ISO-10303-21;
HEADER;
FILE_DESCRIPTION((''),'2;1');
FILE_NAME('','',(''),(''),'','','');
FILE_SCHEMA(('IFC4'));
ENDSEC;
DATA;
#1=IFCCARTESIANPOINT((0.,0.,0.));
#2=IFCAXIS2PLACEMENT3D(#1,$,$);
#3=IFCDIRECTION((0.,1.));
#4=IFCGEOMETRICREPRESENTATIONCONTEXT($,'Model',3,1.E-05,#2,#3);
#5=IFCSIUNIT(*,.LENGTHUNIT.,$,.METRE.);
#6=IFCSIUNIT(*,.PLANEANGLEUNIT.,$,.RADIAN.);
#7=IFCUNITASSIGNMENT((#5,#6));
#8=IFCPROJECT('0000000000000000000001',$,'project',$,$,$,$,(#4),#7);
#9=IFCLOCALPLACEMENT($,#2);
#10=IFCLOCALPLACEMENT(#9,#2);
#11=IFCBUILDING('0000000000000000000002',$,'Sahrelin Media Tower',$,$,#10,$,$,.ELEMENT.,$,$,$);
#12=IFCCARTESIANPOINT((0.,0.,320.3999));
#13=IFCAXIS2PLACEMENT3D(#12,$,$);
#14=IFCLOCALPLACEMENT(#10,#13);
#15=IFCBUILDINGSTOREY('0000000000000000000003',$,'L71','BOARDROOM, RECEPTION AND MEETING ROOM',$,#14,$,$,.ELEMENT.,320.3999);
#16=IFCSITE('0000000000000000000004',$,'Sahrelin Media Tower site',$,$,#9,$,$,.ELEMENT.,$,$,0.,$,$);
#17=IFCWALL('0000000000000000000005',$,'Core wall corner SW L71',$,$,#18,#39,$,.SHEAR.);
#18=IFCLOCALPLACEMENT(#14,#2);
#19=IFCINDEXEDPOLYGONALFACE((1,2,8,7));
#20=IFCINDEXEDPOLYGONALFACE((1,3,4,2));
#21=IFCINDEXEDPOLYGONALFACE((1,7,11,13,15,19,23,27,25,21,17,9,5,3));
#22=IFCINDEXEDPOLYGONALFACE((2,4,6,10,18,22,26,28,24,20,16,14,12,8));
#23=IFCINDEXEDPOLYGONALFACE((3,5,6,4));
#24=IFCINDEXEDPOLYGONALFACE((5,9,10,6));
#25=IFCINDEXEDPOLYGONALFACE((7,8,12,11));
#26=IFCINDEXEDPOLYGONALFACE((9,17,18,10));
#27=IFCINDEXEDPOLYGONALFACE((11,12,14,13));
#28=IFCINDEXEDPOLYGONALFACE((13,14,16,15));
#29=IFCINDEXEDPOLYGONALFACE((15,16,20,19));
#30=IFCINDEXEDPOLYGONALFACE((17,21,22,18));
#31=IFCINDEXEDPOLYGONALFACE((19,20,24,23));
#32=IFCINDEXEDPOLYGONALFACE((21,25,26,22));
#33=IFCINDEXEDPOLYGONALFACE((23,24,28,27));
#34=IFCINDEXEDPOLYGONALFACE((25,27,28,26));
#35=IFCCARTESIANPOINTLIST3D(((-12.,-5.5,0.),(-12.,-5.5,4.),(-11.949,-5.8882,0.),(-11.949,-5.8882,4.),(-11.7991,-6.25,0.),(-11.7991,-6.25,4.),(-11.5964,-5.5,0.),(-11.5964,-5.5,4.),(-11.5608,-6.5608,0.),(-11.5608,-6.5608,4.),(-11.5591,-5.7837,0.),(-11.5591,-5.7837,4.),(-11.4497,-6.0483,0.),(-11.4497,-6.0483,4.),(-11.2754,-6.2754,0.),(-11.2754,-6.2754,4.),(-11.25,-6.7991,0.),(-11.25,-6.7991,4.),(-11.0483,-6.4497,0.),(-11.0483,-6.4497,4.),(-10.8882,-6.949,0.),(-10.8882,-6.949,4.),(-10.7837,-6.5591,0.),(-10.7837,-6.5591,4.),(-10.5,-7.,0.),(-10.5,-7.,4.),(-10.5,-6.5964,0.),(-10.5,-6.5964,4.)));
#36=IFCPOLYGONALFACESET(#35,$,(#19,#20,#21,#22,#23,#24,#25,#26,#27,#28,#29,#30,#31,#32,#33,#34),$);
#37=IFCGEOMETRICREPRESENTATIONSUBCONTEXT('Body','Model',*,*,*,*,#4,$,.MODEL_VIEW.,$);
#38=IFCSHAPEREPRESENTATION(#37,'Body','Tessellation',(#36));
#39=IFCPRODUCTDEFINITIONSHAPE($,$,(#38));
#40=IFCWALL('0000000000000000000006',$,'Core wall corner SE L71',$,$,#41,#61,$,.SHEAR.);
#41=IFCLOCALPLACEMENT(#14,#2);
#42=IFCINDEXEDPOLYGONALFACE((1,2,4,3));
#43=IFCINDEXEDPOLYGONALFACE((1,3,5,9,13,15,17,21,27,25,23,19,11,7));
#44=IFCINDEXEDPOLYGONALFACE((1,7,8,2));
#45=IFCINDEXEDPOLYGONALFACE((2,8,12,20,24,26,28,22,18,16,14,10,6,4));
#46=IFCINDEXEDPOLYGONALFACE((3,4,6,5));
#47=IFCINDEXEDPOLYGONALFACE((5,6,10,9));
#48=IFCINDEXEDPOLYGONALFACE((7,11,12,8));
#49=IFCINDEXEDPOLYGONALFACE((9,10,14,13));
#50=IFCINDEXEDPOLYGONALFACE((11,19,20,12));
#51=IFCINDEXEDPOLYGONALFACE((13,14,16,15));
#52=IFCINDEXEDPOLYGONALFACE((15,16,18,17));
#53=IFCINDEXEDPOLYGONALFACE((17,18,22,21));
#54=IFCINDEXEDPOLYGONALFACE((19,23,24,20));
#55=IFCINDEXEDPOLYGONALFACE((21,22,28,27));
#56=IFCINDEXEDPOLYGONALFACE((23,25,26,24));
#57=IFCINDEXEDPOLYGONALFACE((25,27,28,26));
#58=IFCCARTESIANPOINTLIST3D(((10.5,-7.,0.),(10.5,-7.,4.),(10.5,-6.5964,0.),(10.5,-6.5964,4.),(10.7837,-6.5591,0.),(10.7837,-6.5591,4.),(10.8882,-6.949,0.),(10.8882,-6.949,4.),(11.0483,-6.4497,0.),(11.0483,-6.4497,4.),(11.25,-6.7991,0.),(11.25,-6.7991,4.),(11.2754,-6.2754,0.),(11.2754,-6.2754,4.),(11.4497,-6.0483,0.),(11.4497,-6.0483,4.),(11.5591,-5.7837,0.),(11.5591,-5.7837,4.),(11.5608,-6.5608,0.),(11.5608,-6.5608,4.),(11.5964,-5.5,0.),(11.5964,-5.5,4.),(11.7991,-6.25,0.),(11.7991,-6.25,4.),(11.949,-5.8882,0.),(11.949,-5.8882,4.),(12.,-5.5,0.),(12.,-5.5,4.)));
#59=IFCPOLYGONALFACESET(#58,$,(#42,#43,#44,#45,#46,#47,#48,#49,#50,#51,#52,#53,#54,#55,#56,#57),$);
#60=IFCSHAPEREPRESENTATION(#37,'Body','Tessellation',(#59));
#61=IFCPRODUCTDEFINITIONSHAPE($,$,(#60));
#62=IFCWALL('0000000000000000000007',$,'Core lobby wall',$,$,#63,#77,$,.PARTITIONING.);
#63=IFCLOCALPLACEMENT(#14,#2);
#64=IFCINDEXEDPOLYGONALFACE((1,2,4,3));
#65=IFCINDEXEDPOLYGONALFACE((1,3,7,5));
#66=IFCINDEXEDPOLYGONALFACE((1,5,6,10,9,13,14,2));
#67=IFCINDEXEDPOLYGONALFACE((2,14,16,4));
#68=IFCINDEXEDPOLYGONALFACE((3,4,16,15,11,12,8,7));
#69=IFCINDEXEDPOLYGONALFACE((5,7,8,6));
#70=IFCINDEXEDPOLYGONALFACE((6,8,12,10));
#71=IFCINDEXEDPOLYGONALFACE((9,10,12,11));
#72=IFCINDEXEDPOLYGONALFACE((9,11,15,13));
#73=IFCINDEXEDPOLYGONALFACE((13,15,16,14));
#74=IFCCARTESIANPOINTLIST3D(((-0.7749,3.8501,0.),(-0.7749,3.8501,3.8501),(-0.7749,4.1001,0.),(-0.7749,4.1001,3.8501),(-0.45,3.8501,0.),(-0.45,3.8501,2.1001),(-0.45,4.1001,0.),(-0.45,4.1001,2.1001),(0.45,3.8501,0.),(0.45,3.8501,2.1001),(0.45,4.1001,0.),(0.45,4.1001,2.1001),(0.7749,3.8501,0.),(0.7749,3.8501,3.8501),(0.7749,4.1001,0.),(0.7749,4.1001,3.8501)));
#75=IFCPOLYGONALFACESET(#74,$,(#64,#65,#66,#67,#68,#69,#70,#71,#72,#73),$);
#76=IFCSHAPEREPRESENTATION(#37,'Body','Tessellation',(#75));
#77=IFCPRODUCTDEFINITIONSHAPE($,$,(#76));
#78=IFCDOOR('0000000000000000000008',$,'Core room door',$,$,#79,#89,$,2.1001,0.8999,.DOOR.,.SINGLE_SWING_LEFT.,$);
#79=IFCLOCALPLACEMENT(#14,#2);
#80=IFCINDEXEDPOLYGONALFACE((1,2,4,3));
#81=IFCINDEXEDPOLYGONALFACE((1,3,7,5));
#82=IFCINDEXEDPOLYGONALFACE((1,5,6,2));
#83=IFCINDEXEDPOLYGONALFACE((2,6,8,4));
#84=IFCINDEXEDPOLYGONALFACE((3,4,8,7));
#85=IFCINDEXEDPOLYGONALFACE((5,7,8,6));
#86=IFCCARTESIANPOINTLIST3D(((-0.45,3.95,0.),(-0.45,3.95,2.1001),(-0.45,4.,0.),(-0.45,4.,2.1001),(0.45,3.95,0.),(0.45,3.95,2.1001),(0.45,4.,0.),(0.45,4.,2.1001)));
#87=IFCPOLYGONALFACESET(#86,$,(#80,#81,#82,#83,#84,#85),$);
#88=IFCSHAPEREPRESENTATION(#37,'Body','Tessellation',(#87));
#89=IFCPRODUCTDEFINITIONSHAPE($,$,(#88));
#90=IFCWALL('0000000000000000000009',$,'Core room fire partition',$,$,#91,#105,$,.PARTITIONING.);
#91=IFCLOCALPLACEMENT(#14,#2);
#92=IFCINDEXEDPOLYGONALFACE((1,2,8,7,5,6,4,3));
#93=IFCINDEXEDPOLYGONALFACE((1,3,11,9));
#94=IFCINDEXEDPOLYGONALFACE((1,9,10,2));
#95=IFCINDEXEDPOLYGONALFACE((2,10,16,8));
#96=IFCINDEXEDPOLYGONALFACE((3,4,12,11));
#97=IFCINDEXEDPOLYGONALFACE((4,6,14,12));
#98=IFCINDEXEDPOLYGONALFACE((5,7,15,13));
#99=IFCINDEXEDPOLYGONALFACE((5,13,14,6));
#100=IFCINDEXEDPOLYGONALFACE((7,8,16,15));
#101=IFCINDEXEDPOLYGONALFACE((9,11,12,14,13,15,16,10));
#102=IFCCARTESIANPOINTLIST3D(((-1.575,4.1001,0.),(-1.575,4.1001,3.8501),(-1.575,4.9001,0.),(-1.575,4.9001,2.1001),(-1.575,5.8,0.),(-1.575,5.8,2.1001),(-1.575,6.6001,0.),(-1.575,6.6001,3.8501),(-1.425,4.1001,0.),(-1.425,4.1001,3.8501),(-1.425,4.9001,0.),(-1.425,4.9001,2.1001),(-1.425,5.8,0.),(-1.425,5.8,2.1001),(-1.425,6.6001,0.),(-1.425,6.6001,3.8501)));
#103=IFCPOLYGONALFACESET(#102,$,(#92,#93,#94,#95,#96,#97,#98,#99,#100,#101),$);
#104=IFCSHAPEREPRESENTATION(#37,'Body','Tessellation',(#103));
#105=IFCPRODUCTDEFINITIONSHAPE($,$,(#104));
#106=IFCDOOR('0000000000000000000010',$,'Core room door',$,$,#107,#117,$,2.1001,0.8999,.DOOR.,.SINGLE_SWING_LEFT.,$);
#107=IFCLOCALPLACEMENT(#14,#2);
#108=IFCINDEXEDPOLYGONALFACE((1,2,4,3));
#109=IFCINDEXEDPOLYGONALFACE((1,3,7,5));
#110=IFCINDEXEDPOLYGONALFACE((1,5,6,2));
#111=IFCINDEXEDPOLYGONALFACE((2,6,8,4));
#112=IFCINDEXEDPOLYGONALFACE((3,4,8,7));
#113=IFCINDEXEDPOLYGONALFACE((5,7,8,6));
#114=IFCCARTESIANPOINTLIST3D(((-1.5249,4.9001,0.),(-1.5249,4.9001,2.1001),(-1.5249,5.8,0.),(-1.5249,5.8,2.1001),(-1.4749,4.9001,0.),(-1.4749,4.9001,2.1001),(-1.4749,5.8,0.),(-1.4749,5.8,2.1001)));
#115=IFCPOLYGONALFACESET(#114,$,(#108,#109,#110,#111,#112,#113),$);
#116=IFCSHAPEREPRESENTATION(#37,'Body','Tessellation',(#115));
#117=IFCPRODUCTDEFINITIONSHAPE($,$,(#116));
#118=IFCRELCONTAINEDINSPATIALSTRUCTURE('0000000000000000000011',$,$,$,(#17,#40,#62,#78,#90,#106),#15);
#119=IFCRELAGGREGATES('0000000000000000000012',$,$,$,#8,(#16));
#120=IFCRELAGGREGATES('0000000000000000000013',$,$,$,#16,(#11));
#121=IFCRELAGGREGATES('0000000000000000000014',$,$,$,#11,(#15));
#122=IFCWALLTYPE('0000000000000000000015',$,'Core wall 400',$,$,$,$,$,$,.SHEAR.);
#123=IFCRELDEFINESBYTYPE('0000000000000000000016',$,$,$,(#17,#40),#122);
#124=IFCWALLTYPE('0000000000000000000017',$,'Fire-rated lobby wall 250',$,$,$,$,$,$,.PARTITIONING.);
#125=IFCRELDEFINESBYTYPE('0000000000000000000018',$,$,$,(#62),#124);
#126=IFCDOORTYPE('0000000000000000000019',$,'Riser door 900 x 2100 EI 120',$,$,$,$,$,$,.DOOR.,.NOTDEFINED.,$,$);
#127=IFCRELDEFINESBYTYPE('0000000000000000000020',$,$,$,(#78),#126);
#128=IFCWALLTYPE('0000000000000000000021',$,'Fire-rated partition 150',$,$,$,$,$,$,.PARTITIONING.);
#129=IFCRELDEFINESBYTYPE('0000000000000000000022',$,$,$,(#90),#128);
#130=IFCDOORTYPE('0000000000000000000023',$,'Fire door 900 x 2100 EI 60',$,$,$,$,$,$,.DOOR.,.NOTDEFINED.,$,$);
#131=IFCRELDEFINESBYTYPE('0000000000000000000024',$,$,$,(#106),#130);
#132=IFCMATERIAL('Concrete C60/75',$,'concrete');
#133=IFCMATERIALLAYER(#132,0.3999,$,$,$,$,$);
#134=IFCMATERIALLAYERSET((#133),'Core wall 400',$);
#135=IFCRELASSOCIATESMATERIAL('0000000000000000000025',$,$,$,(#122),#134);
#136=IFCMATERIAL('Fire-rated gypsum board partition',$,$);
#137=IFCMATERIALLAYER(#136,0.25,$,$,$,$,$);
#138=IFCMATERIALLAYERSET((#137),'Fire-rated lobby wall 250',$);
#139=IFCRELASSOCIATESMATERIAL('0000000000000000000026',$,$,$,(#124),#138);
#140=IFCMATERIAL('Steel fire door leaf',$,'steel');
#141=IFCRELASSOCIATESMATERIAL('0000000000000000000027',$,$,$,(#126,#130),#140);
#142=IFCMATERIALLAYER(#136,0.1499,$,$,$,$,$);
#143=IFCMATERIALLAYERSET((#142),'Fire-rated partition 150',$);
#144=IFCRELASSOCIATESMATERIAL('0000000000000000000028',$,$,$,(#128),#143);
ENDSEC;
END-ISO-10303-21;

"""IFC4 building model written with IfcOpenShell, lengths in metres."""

from ifc_helpers import new_model, si_unit, direction, frame, frame_2d, origin, place, context, subcontext, project, spatial, polyline, rectangle, outline, extrude, material, layer, layer_set, type_object, element, fill, save


model = new_model("IFC4")

# Units and contexts
model_context = context("Model", 3, precision=1e-05, world=origin(), true_north=direction((0.0, 1.0)))
body_context = subcontext(model_context, "Body", "Model", "MODEL_VIEW")
ifc_project = project(units=[si_unit("LENGTHUNIT", "METRE"), si_unit("PLANEANGLEUNIT", "RADIAN")], contexts=[model_context])

# Site, building, storey
site_placement = place(None, origin())
site = spatial("IfcSite", under=ifc_project, at=site_placement, Name="Sahrelin Media Tower site", CompositionType="ELEMENT", RefElevation=0.0)
building_placement = place(site_placement, origin())
building = spatial("IfcBuilding", under=site, at=building_placement, Name="Sahrelin Media Tower", CompositionType="ELEMENT")
storey_placement = place(building_placement, frame((0.0, 0.0, 320.3999)))
storey = spatial("IfcBuildingStorey", under=building, at=storey_placement, Name="L71", Description="BOARDROOM, RECEPTION AND MEETING ROOM", CompositionType="ELEMENT", Elevation=320.3999)

# Walls
ifc_material_1 = material(Name="Concrete C60/75", Category="concrete")
ifc_layer_1 = layer(ifc_material_1, 0.3999)
ifc_layer_set_1 = layer_set([ifc_layer_1], Name="Core wall 400")
wall_type_1 = type_object("IfcWallType", Name="Core wall 400", PredefinedType="SHEAR", material=ifc_layer_set_1)
placement = place(storey_placement, origin())
element("IfcWall", 1, at=placement, inside=storey, type_object=wall_type_1, Name="Core wall corner SW L71", PredefinedType="SHEAR", context=body_context, shape_type="SweptSolid", body=[
    extrude(outline(polyline([(-10.5, -7.0), (-10.5, -6.5964), (-10.7837, -6.5591), (-11.0483, -6.4497), (-11.2754, -6.2754), (-11.4497, -6.0483), (-11.5591, -5.7837), (-11.5964, -5.5), (-12.0, -5.5), (-11.949, -5.8882), (-11.7991, -6.25), (-11.5608, -6.5608), (-11.25, -6.7991), (-10.8882, -6.949), (-10.5, -7.0)])), origin(), (0.0, 0.0, 1.0), 4.0),
])
element("IfcWall", 2, at=placement, inside=storey, type_object=wall_type_1, Name="Core wall corner SE L71", PredefinedType="SHEAR", context=body_context, shape_type="SweptSolid", body=[
    extrude(outline(polyline([(12.0, -5.5), (11.5964, -5.5), (11.5591, -5.7837), (11.4497, -6.0483), (11.2754, -6.2754), (11.0483, -6.4497), (10.7837, -6.5591), (10.5, -6.5964), (10.5, -7.0), (10.8882, -6.949), (11.25, -6.7991), (11.5608, -6.5608), (11.7991, -6.25), (11.949, -5.8882), (12.0, -5.5)])), origin(), (0.0, 0.0, 1.0), 4.0),
])

# Walls, openings, doors
ifc_material_2 = material(Name="Fire-rated gypsum board partition")
ifc_layer_2 = layer(ifc_material_2, 0.25)
ifc_layer_set_2 = layer_set([ifc_layer_2], Name="Fire-rated lobby wall 250")
wall_type_2 = type_object("IfcWallType", Name="Fire-rated lobby wall 250", PredefinedType="PARTITIONING", material=ifc_layer_set_2)
wall_1_placement = place(storey_placement, frame((-0.7749, 3.9751, 0.0), z_axis=(0.0, 0.0, 1.0), x_axis=(1.0, 0.0, 0.0)))
wall_1 = element("IfcWall", 3, at=wall_1_placement, inside=storey, type_object=wall_type_2, Name="Core lobby wall", PredefinedType="PARTITIONING", context=body_context, shape_type="SweptSolid", body=[
    extrude(rectangle(XDim=1.5498, YDim=0.25, at=frame_2d((0.7749, 0.0))), origin(), (0.0, 0.0, 1.0), 3.8501),
])
opening_1_placement = place(wall_1_placement, frame((0.325, 0.0, 0.0)))
opening_1 = element("IfcOpeningElement", 4, at=opening_1_placement, cuts=wall_1, PredefinedType="OPENING", context=body_context, shape_type="SweptSolid", body=[
    extrude(rectangle(XDim=0.8999, YDim=2.1001, at=frame_2d((0.45, 1.05))), frame((0.0, 0.125, 0.0), z_axis=(0.0, -1.0, 0.0), x_axis=(1.0, 0.0, 0.0)), (0.0, 0.0, 1.0), 0.25),
])
ifc_material_3 = material(Name="Steel fire door leaf", Category="steel")
door_type_1 = type_object("IfcDoorType", Name="Riser door 900 x 2100 EI 120", OperationType="NOTDEFINED", PredefinedType="DOOR", material=ifc_material_3)
door_1_placement = place(opening_1_placement, origin())
door_1 = element("IfcDoor", 5, at=door_1_placement, inside=storey, type_object=door_type_1, Name="Core room door", OperationType="SINGLE_SWING_LEFT", OverallHeight=2.1001, OverallWidth=0.8999, PredefinedType="DOOR", context=body_context, shape_type="SweptSolid", body=[
    extrude(rectangle(XDim=0.8999, YDim=2.1001, at=frame_2d((0.45, 1.05))), frame((0.0, 0.0249, 0.0), z_axis=(0.0, -1.0, 0.0), x_axis=(1.0, 0.0, 0.0)), (0.0, 0.0, 1.0), 0.05),
])
fill(opening_1, door_1)
ifc_layer_3 = layer(ifc_material_2, 0.1499)
ifc_layer_set_3 = layer_set([ifc_layer_3], Name="Fire-rated partition 150")
wall_type_3 = type_object("IfcWallType", Name="Fire-rated partition 150", PredefinedType="PARTITIONING", material=ifc_layer_set_3)
wall_2_placement = place(storey_placement, frame((-1.5, 4.1001, 0.0), z_axis=(0.0, 0.0, 1.0), x_axis=(0.0, 1.0, 0.0)))
wall_2 = element("IfcWall", 6, at=wall_2_placement, inside=storey, type_object=wall_type_3, Name="Core room fire partition", PredefinedType="PARTITIONING", context=body_context, shape_type="SweptSolid", body=[
    extrude(rectangle(XDim=2.5, YDim=0.1499, at=frame_2d((1.25, 0.0))), origin(), (0.0, 0.0, 1.0), 3.8501),
])
opening_2_placement = place(wall_2_placement, frame((0.8, 0.0, 0.0)))
opening_2 = element("IfcOpeningElement", 7, at=opening_2_placement, cuts=wall_2, PredefinedType="OPENING", context=body_context, shape_type="SweptSolid", body=[
    extrude(rectangle(XDim=0.8999, YDim=2.1001, at=frame_2d((0.45, 1.05))), frame((0.0, 0.075, 0.0), z_axis=(0.0, -1.0, 0.0), x_axis=(1.0, 0.0, 0.0)), (0.0, 0.0, 1.0), 0.1499),
])
door_type_2 = type_object("IfcDoorType", Name="Fire door 900 x 2100 EI 60", OperationType="NOTDEFINED", PredefinedType="DOOR", material=ifc_material_3)
door_2_placement = place(opening_2_placement, origin())
door_2 = element("IfcDoor", 8, at=door_2_placement, inside=storey, type_object=door_type_2, Name="Core room door", OperationType="SINGLE_SWING_LEFT", OverallHeight=2.1001, OverallWidth=0.8999, PredefinedType="DOOR", context=body_context, shape_type="SweptSolid", body=[
    extrude(rectangle(XDim=0.8999, YDim=2.1001, at=frame_2d((0.45, 1.05))), frame((0.0, 0.0249, 0.0), z_axis=(0.0, -1.0, 0.0), x_axis=(1.0, 0.0, 0.0)), (0.0, 0.0, 1.0), 0.05),
])
fill(opening_2, door_2)

save(model, "model.ifc")
